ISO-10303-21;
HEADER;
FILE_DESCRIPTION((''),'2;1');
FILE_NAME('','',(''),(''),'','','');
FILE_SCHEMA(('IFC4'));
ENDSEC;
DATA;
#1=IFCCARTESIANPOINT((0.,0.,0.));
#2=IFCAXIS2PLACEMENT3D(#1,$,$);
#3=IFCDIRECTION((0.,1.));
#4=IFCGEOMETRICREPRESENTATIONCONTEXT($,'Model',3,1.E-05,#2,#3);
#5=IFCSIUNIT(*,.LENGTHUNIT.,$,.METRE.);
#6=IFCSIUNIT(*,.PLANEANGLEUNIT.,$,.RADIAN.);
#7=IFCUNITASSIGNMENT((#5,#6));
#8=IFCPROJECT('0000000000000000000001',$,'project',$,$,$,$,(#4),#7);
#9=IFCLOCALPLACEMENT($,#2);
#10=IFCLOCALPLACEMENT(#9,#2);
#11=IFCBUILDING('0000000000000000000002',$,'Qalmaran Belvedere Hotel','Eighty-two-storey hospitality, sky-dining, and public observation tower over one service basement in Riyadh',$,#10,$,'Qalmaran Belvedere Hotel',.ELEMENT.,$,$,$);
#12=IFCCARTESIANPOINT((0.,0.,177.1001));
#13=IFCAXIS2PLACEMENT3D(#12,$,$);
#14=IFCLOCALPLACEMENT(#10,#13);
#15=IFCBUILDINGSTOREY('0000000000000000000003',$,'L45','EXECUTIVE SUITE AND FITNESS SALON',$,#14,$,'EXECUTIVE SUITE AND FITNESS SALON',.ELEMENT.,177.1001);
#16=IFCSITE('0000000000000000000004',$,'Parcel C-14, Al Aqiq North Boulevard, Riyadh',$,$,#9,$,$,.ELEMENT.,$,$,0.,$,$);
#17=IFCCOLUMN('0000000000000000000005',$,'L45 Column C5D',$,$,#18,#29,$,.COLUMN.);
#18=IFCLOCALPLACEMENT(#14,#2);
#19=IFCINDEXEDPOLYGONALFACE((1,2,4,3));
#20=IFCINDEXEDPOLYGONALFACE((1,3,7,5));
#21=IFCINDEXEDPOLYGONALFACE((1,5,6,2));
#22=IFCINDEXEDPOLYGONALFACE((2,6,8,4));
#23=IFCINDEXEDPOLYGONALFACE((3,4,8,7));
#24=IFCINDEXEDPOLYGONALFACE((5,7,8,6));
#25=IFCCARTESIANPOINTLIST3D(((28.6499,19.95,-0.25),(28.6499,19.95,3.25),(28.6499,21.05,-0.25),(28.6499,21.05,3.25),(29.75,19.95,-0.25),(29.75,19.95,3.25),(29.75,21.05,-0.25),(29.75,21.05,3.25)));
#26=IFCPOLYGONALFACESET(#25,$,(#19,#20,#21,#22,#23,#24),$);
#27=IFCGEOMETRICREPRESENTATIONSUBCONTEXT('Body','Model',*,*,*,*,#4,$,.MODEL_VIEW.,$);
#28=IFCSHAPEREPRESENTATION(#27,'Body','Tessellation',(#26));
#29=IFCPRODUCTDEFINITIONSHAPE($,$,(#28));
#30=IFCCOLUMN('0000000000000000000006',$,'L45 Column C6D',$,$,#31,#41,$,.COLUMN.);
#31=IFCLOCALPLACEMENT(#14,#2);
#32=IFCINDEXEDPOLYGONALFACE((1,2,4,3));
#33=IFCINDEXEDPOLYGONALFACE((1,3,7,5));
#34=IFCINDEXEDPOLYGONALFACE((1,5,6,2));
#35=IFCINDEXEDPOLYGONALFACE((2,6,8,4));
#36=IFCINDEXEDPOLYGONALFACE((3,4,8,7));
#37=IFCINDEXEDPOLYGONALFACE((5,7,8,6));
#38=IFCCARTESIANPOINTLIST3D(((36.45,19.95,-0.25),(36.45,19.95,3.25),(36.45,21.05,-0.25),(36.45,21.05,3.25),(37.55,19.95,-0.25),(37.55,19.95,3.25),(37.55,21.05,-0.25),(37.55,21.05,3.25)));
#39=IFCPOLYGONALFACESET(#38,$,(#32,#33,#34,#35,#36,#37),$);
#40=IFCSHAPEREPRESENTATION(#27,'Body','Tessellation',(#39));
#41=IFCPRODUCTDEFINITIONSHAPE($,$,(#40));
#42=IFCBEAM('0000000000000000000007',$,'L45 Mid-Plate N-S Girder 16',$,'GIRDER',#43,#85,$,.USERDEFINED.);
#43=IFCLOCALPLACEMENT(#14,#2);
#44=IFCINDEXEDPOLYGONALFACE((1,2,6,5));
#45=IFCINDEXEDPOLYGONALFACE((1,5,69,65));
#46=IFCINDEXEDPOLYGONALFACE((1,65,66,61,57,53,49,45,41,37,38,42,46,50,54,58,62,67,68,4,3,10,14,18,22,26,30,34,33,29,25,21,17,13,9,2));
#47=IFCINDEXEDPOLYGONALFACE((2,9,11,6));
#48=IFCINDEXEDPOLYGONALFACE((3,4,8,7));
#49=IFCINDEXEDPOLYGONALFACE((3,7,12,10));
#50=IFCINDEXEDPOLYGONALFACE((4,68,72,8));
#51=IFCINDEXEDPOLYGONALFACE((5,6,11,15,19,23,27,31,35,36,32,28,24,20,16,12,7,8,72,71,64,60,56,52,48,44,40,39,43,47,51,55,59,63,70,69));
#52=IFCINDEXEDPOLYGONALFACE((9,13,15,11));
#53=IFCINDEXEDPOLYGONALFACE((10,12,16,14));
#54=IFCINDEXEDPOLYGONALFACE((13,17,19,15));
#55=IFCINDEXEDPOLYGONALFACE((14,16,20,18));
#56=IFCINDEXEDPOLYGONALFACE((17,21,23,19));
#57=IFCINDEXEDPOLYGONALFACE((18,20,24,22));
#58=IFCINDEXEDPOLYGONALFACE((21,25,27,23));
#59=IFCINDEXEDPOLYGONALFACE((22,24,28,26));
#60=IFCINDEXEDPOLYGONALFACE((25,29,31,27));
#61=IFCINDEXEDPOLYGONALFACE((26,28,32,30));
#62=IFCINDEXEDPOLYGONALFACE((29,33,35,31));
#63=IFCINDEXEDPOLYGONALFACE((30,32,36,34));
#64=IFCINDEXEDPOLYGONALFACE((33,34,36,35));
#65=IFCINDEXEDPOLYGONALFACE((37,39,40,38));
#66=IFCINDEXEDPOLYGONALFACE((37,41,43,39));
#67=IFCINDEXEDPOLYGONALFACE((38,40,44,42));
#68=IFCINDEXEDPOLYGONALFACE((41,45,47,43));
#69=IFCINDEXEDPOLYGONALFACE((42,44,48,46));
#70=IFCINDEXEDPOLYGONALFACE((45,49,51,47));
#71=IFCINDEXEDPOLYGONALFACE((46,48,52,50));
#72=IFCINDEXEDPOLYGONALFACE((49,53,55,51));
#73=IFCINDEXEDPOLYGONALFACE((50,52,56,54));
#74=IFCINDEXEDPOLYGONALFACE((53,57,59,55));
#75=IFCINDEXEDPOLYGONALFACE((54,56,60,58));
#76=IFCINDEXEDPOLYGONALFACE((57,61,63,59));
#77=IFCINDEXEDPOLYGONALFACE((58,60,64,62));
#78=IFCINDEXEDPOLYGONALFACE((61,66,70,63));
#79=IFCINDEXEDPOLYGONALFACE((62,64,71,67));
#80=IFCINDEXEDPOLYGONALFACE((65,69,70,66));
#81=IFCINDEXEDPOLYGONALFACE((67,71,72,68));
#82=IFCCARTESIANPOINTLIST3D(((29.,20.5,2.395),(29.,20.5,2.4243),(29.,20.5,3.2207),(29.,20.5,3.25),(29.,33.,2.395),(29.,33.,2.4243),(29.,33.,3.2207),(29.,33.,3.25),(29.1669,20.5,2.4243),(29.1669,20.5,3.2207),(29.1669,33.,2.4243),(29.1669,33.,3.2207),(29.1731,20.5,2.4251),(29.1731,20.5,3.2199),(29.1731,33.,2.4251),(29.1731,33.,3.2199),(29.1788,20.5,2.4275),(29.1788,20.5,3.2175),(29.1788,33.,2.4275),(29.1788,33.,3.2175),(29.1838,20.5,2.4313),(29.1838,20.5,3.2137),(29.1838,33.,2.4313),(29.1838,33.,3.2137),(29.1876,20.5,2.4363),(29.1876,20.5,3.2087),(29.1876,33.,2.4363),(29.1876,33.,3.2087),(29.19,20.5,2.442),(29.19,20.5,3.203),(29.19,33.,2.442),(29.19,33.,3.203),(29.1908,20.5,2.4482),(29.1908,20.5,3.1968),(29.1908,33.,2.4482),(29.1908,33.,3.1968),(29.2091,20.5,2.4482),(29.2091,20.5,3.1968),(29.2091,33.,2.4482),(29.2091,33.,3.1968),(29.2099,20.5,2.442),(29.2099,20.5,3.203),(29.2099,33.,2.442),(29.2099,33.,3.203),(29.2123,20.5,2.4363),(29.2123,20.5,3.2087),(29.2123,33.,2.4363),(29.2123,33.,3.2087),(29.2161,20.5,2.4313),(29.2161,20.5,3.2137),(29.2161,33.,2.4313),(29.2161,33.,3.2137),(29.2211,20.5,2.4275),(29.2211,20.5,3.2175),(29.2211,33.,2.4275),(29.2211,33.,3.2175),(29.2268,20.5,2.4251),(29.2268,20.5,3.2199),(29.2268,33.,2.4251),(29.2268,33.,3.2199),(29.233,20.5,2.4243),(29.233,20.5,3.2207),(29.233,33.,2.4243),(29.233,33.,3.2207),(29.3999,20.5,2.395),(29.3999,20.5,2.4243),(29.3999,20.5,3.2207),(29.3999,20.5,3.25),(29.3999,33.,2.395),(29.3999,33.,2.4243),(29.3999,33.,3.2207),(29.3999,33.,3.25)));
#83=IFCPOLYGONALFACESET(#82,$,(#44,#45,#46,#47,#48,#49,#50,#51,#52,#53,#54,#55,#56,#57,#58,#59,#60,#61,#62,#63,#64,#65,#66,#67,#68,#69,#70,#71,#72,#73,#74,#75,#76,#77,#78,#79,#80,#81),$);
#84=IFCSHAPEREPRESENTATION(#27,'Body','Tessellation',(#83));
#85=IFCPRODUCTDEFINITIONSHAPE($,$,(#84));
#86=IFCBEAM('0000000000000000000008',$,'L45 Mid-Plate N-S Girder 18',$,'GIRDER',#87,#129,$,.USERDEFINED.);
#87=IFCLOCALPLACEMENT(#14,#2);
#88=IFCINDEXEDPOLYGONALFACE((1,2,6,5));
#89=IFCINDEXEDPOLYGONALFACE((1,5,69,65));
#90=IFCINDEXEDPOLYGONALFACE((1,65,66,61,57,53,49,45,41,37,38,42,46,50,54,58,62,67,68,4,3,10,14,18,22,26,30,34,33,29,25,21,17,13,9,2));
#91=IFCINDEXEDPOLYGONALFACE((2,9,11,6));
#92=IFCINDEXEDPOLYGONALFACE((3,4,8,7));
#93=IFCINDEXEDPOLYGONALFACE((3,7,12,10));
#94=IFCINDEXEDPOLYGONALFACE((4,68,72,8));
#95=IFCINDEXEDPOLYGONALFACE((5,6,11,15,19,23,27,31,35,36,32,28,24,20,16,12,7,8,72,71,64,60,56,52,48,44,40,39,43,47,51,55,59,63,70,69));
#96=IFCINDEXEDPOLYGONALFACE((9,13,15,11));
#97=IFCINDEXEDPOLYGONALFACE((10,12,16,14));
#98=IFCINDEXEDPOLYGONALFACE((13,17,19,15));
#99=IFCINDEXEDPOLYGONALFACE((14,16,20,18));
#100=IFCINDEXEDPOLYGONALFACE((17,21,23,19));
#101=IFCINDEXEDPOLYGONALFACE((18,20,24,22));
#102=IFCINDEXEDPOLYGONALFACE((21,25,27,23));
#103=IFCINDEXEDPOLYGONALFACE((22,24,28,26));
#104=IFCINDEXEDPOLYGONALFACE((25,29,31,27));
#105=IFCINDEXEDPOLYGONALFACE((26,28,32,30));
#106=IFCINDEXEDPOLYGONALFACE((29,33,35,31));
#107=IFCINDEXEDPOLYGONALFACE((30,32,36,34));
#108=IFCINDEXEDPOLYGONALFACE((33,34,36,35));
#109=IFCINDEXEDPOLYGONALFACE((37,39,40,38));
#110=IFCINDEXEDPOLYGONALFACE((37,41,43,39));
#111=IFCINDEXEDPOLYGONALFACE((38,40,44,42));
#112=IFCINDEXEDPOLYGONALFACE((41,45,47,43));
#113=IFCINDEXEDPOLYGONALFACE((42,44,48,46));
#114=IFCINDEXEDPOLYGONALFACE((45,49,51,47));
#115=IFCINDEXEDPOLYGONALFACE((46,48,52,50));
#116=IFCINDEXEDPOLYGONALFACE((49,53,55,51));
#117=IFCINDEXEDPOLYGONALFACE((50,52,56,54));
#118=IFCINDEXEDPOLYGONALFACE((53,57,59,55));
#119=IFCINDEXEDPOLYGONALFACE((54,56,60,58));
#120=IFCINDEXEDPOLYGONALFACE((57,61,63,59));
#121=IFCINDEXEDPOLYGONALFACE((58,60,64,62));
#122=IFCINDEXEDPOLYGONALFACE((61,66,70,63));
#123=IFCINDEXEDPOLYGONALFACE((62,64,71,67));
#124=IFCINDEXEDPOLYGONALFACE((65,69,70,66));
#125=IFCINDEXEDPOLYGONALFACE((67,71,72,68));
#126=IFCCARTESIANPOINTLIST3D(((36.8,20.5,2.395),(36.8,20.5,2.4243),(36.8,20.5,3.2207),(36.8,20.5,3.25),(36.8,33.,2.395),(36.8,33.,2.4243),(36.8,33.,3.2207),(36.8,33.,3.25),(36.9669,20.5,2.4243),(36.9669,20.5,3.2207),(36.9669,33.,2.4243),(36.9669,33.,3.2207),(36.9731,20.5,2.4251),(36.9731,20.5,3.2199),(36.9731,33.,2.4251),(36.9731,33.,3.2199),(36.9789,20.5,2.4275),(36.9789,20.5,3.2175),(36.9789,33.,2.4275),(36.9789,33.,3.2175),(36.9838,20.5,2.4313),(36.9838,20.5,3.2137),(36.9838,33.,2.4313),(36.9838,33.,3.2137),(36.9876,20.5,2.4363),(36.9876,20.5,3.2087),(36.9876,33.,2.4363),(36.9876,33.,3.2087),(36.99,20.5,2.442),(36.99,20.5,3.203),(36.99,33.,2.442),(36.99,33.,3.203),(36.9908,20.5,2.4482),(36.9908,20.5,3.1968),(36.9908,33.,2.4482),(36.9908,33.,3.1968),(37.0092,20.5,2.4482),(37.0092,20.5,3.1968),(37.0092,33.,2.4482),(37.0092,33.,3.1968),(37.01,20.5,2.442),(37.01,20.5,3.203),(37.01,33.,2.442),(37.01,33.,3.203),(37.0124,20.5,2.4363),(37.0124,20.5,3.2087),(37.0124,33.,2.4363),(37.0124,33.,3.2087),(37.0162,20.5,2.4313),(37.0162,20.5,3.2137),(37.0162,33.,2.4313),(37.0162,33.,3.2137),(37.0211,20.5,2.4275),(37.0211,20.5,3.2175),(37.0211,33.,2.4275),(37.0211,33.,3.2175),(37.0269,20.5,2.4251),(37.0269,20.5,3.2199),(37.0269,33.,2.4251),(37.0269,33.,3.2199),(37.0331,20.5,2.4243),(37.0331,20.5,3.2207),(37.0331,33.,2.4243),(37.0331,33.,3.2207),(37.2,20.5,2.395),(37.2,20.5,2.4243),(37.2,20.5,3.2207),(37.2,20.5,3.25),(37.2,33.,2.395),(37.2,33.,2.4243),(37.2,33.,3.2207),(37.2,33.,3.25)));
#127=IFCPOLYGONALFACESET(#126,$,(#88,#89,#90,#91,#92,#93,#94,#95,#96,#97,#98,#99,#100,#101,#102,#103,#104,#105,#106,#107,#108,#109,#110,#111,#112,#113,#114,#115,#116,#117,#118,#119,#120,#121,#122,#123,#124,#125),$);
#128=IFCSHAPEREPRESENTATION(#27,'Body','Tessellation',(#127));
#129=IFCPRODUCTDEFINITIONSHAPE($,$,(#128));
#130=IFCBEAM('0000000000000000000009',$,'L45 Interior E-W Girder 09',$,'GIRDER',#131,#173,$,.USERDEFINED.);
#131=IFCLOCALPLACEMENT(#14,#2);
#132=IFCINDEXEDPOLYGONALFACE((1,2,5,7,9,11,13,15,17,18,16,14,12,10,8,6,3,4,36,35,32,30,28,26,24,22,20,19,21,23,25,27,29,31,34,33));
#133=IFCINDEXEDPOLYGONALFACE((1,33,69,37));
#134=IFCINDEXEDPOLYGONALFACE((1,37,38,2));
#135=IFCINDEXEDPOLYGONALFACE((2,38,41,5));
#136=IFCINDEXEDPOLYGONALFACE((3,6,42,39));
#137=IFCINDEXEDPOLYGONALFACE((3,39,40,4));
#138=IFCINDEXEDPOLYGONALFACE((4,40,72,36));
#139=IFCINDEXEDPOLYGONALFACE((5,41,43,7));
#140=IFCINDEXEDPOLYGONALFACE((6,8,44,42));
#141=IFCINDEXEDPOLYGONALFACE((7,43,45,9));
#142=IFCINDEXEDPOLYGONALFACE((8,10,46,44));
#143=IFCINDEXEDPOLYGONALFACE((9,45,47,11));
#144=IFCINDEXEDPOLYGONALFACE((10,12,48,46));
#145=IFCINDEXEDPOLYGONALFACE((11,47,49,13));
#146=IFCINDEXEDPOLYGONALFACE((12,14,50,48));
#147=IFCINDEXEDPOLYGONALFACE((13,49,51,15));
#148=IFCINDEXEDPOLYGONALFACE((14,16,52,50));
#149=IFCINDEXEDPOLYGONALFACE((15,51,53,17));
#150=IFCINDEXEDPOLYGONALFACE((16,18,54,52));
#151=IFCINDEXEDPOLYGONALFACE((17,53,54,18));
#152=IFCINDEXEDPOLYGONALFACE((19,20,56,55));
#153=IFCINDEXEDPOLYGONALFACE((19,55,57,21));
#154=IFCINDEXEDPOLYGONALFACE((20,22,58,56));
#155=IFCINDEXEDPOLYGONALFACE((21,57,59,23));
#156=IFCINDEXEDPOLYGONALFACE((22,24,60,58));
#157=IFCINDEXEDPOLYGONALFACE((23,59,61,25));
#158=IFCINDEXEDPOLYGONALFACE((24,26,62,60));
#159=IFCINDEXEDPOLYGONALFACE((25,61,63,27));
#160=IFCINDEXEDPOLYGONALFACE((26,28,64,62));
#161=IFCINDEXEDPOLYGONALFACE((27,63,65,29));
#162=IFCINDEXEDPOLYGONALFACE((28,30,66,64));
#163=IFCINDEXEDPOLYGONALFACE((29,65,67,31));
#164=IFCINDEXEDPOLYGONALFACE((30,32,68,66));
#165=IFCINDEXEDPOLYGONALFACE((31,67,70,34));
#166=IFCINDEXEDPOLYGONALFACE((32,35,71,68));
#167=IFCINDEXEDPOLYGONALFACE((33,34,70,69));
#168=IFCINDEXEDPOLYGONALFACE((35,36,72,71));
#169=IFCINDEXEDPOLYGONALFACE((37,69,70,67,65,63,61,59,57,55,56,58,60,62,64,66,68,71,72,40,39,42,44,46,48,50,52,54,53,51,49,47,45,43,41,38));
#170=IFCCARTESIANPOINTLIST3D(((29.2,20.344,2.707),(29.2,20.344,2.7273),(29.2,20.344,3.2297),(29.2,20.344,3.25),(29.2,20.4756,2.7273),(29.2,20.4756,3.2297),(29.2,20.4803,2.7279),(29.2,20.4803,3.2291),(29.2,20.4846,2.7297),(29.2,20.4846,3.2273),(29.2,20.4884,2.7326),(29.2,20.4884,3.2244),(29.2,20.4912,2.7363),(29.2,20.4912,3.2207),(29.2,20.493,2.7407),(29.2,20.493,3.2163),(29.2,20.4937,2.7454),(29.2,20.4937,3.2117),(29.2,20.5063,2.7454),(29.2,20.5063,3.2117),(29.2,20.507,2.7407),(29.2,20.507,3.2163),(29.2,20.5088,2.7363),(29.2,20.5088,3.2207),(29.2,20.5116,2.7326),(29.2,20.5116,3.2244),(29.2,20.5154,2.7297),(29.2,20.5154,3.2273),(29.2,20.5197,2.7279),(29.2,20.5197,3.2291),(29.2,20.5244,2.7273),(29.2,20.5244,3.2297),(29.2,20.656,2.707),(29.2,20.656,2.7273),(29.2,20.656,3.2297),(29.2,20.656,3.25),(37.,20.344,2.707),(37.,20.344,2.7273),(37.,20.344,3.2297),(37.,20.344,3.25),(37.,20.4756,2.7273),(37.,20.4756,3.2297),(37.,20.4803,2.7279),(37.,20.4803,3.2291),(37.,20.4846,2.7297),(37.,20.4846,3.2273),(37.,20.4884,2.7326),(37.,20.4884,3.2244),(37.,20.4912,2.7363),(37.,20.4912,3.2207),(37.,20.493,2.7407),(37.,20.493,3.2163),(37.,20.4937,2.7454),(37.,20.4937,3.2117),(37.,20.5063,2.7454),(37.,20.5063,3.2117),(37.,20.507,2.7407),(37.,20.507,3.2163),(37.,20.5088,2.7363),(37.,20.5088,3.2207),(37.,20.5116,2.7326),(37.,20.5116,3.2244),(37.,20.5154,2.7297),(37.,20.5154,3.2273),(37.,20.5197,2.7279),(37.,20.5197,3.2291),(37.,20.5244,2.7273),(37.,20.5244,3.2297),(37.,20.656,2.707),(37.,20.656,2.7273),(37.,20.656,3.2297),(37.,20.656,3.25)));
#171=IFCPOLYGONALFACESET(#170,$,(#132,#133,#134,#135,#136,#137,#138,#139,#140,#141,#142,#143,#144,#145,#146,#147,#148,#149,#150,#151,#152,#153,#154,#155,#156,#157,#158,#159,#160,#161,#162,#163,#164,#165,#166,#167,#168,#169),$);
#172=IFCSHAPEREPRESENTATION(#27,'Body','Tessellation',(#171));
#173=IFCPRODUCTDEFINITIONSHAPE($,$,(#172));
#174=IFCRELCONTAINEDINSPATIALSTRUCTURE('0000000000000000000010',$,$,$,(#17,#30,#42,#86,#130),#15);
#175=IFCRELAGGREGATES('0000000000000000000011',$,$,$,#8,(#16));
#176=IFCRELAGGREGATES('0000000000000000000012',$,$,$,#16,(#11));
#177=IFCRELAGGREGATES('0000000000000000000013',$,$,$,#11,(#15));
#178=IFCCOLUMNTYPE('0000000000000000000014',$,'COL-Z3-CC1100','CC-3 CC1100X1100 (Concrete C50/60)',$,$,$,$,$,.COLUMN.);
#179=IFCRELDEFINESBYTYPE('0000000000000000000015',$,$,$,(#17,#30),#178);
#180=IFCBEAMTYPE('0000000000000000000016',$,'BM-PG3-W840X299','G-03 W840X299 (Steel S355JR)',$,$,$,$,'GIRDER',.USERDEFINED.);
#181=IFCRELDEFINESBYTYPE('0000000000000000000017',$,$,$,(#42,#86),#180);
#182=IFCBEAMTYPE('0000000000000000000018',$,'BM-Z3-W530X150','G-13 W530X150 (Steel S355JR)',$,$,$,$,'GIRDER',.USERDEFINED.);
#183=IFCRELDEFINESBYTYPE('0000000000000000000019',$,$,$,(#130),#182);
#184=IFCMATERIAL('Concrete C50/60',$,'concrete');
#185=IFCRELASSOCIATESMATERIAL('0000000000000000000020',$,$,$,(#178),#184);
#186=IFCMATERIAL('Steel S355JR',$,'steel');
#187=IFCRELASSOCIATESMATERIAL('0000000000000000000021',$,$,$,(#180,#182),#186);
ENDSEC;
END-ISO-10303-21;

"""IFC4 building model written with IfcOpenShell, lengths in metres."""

from ifc_helpers import new_model, si_unit, direction, frame, origin, origin_2d, place, context, subcontext, project, spatial, rectangle, i_section, extrude, material, material_profile, profile_set, type_object, element, save


model = new_model("IFC4")

# Units and contexts
model_context = context("Model", 3, precision=1e-05, world=origin(), true_north=direction((0.0, 1.0)))
body_context = subcontext(model_context, "Body", "Model", "MODEL_VIEW")
ifc_project = project(units=[si_unit("LENGTHUNIT", "METRE"), si_unit("PLANEANGLEUNIT", "RADIAN")], contexts=[model_context])

# Site, building, storey
site_placement = place(None, origin())
site = spatial("IfcSite", under=ifc_project, at=site_placement, Name="Parcel C-14, Al Aqiq North Boulevard, Riyadh", CompositionType="ELEMENT", RefElevation=0.0)
building_placement = place(site_placement, origin())
building = spatial("IfcBuilding", under=site, at=building_placement, Name="Qalmaran Belvedere Hotel", Description="Eighty-two-storey hospitality, sky-dining, and public observation tower over one service basement in Riyadh", LongName="Qalmaran Belvedere Hotel", CompositionType="ELEMENT")
storey_placement = place(building_placement, frame((0.0, 0.0, 177.1001)))
storey = spatial("IfcBuildingStorey", under=building, at=storey_placement, Name="L45", Description="EXECUTIVE SUITE AND FITNESS SALON", LongName="EXECUTIVE SUITE AND FITNESS SALON", CompositionType="ELEMENT", Elevation=177.1001)

# Columns
ifc_material_1 = material(Name="Concrete C50/60", Category="concrete")
ifc_material_profile_1 = material_profile(ifc_material_1, rectangle(XDim=1.1001, YDim=1.1001, at=origin_2d()), Name="CC1100X1100")
ifc_profile_set_1 = profile_set([ifc_material_profile_1], Name="Concrete C50/60")
column_type = type_object("IfcColumnType", Name="COL-Z3-CC1100", Description="CC-3 CC1100X1100 (Concrete C50/60)", PredefinedType="COLUMN", material=ifc_profile_set_1)
for number, where, z_axis, x_axis, name in (
    (1, (29.2, 20.5, -0.25), (0.0, 0.0, 1.0), (1.0, 0.0, 0.0), "L45 Column C5D"),
    (2, (37.0, 20.5, -0.25), (0.0, 0.0, 1.0), (1.0, 0.0, 0.0), "L45 Column C6D"),
):
    element("IfcColumn", number, at=place(storey_placement, frame(where, z_axis=z_axis, x_axis=x_axis)), inside=storey, type_object=column_type, Name=name, PredefinedType="COLUMN", context=body_context, shape_type="SweptSolid", body=[
        extrude(rectangle(XDim=1.1001, YDim=1.1001, at=origin_2d()), origin(), (0.0, 0.0, 1.0), 3.5),
    ])

# Beams
ifc_material_2 = material(Name="Steel S355JR", Category="steel")
ifc_material_profile_2 = material_profile(ifc_material_2, i_section(OverallWidth=0.3999, OverallDepth=0.855, WebThickness=0.0183, FlangeThickness=0.0293, FilletRadius=0.0239, at=origin_2d()), Name="W840X299")
ifc_profile_set_2 = profile_set([ifc_material_profile_2], Name="Steel S355JR")
beam_type_1 = type_object("IfcBeamType", Name="BM-PG3-W840X299", Description="G-03 W840X299 (Steel S355JR)", ElementType="GIRDER", PredefinedType="USERDEFINED", material=ifc_profile_set_2)
for number, where, z_axis, x_axis, name in (
    (3, (29.2, 20.5, 2.8225), (0.0, 1.0, 0.0), (-1.0, 0.0, 0.0), "L45 Mid-Plate N-S Girder 16"),
    (4, (37.0, 20.5, 2.8225), (0.0, 1.0, 0.0), (-1.0, 0.0, 0.0), "L45 Mid-Plate N-S Girder 18"),
):
    element("IfcBeam", number, at=place(storey_placement, frame(where, z_axis=z_axis, x_axis=x_axis)), inside=storey, type_object=beam_type_1, Name=name, ObjectType="GIRDER", PredefinedType="USERDEFINED", context=body_context, shape_type="SweptSolid", body=[
        extrude(i_section(OverallWidth=0.3999, OverallDepth=0.855, WebThickness=0.0183, FlangeThickness=0.0293, FilletRadius=0.0239, at=origin_2d()), origin(), (0.0, 0.0, 1.0), 12.5),
    ])
ifc_material_profile_3 = material_profile(ifc_material_2, i_section(OverallWidth=0.312, OverallDepth=0.543, WebThickness=0.0127, FlangeThickness=0.0203, FilletRadius=0.0181, at=origin_2d()), Name="W530X150")
ifc_profile_set_3 = profile_set([ifc_material_profile_3], Name="Steel S355JR")
beam_type_2 = type_object("IfcBeamType", Name="BM-Z3-W530X150", Description="G-13 W530X150 (Steel S355JR)", ElementType="GIRDER", PredefinedType="USERDEFINED", material=ifc_profile_set_3)
for number, where, z_axis, x_axis, name in (
    (5, (29.2, 20.5, 2.9785), (1.0, 0.0, 0.0), (0.0, 1.0, 0.0), "L45 Interior E-W Girder 09"),
):
    element("IfcBeam", number, at=place(storey_placement, frame(where, z_axis=z_axis, x_axis=x_axis)), inside=storey, type_object=beam_type_2, Name=name, ObjectType="GIRDER", PredefinedType="USERDEFINED", context=body_context, shape_type="SweptSolid", body=[
        extrude(i_section(OverallWidth=0.312, OverallDepth=0.543, WebThickness=0.0127, FlangeThickness=0.0203, FilletRadius=0.0181, at=origin_2d()), origin(), (0.0, 0.0, 1.0), 7.8),
    ])

save(model, "model.ifc")
